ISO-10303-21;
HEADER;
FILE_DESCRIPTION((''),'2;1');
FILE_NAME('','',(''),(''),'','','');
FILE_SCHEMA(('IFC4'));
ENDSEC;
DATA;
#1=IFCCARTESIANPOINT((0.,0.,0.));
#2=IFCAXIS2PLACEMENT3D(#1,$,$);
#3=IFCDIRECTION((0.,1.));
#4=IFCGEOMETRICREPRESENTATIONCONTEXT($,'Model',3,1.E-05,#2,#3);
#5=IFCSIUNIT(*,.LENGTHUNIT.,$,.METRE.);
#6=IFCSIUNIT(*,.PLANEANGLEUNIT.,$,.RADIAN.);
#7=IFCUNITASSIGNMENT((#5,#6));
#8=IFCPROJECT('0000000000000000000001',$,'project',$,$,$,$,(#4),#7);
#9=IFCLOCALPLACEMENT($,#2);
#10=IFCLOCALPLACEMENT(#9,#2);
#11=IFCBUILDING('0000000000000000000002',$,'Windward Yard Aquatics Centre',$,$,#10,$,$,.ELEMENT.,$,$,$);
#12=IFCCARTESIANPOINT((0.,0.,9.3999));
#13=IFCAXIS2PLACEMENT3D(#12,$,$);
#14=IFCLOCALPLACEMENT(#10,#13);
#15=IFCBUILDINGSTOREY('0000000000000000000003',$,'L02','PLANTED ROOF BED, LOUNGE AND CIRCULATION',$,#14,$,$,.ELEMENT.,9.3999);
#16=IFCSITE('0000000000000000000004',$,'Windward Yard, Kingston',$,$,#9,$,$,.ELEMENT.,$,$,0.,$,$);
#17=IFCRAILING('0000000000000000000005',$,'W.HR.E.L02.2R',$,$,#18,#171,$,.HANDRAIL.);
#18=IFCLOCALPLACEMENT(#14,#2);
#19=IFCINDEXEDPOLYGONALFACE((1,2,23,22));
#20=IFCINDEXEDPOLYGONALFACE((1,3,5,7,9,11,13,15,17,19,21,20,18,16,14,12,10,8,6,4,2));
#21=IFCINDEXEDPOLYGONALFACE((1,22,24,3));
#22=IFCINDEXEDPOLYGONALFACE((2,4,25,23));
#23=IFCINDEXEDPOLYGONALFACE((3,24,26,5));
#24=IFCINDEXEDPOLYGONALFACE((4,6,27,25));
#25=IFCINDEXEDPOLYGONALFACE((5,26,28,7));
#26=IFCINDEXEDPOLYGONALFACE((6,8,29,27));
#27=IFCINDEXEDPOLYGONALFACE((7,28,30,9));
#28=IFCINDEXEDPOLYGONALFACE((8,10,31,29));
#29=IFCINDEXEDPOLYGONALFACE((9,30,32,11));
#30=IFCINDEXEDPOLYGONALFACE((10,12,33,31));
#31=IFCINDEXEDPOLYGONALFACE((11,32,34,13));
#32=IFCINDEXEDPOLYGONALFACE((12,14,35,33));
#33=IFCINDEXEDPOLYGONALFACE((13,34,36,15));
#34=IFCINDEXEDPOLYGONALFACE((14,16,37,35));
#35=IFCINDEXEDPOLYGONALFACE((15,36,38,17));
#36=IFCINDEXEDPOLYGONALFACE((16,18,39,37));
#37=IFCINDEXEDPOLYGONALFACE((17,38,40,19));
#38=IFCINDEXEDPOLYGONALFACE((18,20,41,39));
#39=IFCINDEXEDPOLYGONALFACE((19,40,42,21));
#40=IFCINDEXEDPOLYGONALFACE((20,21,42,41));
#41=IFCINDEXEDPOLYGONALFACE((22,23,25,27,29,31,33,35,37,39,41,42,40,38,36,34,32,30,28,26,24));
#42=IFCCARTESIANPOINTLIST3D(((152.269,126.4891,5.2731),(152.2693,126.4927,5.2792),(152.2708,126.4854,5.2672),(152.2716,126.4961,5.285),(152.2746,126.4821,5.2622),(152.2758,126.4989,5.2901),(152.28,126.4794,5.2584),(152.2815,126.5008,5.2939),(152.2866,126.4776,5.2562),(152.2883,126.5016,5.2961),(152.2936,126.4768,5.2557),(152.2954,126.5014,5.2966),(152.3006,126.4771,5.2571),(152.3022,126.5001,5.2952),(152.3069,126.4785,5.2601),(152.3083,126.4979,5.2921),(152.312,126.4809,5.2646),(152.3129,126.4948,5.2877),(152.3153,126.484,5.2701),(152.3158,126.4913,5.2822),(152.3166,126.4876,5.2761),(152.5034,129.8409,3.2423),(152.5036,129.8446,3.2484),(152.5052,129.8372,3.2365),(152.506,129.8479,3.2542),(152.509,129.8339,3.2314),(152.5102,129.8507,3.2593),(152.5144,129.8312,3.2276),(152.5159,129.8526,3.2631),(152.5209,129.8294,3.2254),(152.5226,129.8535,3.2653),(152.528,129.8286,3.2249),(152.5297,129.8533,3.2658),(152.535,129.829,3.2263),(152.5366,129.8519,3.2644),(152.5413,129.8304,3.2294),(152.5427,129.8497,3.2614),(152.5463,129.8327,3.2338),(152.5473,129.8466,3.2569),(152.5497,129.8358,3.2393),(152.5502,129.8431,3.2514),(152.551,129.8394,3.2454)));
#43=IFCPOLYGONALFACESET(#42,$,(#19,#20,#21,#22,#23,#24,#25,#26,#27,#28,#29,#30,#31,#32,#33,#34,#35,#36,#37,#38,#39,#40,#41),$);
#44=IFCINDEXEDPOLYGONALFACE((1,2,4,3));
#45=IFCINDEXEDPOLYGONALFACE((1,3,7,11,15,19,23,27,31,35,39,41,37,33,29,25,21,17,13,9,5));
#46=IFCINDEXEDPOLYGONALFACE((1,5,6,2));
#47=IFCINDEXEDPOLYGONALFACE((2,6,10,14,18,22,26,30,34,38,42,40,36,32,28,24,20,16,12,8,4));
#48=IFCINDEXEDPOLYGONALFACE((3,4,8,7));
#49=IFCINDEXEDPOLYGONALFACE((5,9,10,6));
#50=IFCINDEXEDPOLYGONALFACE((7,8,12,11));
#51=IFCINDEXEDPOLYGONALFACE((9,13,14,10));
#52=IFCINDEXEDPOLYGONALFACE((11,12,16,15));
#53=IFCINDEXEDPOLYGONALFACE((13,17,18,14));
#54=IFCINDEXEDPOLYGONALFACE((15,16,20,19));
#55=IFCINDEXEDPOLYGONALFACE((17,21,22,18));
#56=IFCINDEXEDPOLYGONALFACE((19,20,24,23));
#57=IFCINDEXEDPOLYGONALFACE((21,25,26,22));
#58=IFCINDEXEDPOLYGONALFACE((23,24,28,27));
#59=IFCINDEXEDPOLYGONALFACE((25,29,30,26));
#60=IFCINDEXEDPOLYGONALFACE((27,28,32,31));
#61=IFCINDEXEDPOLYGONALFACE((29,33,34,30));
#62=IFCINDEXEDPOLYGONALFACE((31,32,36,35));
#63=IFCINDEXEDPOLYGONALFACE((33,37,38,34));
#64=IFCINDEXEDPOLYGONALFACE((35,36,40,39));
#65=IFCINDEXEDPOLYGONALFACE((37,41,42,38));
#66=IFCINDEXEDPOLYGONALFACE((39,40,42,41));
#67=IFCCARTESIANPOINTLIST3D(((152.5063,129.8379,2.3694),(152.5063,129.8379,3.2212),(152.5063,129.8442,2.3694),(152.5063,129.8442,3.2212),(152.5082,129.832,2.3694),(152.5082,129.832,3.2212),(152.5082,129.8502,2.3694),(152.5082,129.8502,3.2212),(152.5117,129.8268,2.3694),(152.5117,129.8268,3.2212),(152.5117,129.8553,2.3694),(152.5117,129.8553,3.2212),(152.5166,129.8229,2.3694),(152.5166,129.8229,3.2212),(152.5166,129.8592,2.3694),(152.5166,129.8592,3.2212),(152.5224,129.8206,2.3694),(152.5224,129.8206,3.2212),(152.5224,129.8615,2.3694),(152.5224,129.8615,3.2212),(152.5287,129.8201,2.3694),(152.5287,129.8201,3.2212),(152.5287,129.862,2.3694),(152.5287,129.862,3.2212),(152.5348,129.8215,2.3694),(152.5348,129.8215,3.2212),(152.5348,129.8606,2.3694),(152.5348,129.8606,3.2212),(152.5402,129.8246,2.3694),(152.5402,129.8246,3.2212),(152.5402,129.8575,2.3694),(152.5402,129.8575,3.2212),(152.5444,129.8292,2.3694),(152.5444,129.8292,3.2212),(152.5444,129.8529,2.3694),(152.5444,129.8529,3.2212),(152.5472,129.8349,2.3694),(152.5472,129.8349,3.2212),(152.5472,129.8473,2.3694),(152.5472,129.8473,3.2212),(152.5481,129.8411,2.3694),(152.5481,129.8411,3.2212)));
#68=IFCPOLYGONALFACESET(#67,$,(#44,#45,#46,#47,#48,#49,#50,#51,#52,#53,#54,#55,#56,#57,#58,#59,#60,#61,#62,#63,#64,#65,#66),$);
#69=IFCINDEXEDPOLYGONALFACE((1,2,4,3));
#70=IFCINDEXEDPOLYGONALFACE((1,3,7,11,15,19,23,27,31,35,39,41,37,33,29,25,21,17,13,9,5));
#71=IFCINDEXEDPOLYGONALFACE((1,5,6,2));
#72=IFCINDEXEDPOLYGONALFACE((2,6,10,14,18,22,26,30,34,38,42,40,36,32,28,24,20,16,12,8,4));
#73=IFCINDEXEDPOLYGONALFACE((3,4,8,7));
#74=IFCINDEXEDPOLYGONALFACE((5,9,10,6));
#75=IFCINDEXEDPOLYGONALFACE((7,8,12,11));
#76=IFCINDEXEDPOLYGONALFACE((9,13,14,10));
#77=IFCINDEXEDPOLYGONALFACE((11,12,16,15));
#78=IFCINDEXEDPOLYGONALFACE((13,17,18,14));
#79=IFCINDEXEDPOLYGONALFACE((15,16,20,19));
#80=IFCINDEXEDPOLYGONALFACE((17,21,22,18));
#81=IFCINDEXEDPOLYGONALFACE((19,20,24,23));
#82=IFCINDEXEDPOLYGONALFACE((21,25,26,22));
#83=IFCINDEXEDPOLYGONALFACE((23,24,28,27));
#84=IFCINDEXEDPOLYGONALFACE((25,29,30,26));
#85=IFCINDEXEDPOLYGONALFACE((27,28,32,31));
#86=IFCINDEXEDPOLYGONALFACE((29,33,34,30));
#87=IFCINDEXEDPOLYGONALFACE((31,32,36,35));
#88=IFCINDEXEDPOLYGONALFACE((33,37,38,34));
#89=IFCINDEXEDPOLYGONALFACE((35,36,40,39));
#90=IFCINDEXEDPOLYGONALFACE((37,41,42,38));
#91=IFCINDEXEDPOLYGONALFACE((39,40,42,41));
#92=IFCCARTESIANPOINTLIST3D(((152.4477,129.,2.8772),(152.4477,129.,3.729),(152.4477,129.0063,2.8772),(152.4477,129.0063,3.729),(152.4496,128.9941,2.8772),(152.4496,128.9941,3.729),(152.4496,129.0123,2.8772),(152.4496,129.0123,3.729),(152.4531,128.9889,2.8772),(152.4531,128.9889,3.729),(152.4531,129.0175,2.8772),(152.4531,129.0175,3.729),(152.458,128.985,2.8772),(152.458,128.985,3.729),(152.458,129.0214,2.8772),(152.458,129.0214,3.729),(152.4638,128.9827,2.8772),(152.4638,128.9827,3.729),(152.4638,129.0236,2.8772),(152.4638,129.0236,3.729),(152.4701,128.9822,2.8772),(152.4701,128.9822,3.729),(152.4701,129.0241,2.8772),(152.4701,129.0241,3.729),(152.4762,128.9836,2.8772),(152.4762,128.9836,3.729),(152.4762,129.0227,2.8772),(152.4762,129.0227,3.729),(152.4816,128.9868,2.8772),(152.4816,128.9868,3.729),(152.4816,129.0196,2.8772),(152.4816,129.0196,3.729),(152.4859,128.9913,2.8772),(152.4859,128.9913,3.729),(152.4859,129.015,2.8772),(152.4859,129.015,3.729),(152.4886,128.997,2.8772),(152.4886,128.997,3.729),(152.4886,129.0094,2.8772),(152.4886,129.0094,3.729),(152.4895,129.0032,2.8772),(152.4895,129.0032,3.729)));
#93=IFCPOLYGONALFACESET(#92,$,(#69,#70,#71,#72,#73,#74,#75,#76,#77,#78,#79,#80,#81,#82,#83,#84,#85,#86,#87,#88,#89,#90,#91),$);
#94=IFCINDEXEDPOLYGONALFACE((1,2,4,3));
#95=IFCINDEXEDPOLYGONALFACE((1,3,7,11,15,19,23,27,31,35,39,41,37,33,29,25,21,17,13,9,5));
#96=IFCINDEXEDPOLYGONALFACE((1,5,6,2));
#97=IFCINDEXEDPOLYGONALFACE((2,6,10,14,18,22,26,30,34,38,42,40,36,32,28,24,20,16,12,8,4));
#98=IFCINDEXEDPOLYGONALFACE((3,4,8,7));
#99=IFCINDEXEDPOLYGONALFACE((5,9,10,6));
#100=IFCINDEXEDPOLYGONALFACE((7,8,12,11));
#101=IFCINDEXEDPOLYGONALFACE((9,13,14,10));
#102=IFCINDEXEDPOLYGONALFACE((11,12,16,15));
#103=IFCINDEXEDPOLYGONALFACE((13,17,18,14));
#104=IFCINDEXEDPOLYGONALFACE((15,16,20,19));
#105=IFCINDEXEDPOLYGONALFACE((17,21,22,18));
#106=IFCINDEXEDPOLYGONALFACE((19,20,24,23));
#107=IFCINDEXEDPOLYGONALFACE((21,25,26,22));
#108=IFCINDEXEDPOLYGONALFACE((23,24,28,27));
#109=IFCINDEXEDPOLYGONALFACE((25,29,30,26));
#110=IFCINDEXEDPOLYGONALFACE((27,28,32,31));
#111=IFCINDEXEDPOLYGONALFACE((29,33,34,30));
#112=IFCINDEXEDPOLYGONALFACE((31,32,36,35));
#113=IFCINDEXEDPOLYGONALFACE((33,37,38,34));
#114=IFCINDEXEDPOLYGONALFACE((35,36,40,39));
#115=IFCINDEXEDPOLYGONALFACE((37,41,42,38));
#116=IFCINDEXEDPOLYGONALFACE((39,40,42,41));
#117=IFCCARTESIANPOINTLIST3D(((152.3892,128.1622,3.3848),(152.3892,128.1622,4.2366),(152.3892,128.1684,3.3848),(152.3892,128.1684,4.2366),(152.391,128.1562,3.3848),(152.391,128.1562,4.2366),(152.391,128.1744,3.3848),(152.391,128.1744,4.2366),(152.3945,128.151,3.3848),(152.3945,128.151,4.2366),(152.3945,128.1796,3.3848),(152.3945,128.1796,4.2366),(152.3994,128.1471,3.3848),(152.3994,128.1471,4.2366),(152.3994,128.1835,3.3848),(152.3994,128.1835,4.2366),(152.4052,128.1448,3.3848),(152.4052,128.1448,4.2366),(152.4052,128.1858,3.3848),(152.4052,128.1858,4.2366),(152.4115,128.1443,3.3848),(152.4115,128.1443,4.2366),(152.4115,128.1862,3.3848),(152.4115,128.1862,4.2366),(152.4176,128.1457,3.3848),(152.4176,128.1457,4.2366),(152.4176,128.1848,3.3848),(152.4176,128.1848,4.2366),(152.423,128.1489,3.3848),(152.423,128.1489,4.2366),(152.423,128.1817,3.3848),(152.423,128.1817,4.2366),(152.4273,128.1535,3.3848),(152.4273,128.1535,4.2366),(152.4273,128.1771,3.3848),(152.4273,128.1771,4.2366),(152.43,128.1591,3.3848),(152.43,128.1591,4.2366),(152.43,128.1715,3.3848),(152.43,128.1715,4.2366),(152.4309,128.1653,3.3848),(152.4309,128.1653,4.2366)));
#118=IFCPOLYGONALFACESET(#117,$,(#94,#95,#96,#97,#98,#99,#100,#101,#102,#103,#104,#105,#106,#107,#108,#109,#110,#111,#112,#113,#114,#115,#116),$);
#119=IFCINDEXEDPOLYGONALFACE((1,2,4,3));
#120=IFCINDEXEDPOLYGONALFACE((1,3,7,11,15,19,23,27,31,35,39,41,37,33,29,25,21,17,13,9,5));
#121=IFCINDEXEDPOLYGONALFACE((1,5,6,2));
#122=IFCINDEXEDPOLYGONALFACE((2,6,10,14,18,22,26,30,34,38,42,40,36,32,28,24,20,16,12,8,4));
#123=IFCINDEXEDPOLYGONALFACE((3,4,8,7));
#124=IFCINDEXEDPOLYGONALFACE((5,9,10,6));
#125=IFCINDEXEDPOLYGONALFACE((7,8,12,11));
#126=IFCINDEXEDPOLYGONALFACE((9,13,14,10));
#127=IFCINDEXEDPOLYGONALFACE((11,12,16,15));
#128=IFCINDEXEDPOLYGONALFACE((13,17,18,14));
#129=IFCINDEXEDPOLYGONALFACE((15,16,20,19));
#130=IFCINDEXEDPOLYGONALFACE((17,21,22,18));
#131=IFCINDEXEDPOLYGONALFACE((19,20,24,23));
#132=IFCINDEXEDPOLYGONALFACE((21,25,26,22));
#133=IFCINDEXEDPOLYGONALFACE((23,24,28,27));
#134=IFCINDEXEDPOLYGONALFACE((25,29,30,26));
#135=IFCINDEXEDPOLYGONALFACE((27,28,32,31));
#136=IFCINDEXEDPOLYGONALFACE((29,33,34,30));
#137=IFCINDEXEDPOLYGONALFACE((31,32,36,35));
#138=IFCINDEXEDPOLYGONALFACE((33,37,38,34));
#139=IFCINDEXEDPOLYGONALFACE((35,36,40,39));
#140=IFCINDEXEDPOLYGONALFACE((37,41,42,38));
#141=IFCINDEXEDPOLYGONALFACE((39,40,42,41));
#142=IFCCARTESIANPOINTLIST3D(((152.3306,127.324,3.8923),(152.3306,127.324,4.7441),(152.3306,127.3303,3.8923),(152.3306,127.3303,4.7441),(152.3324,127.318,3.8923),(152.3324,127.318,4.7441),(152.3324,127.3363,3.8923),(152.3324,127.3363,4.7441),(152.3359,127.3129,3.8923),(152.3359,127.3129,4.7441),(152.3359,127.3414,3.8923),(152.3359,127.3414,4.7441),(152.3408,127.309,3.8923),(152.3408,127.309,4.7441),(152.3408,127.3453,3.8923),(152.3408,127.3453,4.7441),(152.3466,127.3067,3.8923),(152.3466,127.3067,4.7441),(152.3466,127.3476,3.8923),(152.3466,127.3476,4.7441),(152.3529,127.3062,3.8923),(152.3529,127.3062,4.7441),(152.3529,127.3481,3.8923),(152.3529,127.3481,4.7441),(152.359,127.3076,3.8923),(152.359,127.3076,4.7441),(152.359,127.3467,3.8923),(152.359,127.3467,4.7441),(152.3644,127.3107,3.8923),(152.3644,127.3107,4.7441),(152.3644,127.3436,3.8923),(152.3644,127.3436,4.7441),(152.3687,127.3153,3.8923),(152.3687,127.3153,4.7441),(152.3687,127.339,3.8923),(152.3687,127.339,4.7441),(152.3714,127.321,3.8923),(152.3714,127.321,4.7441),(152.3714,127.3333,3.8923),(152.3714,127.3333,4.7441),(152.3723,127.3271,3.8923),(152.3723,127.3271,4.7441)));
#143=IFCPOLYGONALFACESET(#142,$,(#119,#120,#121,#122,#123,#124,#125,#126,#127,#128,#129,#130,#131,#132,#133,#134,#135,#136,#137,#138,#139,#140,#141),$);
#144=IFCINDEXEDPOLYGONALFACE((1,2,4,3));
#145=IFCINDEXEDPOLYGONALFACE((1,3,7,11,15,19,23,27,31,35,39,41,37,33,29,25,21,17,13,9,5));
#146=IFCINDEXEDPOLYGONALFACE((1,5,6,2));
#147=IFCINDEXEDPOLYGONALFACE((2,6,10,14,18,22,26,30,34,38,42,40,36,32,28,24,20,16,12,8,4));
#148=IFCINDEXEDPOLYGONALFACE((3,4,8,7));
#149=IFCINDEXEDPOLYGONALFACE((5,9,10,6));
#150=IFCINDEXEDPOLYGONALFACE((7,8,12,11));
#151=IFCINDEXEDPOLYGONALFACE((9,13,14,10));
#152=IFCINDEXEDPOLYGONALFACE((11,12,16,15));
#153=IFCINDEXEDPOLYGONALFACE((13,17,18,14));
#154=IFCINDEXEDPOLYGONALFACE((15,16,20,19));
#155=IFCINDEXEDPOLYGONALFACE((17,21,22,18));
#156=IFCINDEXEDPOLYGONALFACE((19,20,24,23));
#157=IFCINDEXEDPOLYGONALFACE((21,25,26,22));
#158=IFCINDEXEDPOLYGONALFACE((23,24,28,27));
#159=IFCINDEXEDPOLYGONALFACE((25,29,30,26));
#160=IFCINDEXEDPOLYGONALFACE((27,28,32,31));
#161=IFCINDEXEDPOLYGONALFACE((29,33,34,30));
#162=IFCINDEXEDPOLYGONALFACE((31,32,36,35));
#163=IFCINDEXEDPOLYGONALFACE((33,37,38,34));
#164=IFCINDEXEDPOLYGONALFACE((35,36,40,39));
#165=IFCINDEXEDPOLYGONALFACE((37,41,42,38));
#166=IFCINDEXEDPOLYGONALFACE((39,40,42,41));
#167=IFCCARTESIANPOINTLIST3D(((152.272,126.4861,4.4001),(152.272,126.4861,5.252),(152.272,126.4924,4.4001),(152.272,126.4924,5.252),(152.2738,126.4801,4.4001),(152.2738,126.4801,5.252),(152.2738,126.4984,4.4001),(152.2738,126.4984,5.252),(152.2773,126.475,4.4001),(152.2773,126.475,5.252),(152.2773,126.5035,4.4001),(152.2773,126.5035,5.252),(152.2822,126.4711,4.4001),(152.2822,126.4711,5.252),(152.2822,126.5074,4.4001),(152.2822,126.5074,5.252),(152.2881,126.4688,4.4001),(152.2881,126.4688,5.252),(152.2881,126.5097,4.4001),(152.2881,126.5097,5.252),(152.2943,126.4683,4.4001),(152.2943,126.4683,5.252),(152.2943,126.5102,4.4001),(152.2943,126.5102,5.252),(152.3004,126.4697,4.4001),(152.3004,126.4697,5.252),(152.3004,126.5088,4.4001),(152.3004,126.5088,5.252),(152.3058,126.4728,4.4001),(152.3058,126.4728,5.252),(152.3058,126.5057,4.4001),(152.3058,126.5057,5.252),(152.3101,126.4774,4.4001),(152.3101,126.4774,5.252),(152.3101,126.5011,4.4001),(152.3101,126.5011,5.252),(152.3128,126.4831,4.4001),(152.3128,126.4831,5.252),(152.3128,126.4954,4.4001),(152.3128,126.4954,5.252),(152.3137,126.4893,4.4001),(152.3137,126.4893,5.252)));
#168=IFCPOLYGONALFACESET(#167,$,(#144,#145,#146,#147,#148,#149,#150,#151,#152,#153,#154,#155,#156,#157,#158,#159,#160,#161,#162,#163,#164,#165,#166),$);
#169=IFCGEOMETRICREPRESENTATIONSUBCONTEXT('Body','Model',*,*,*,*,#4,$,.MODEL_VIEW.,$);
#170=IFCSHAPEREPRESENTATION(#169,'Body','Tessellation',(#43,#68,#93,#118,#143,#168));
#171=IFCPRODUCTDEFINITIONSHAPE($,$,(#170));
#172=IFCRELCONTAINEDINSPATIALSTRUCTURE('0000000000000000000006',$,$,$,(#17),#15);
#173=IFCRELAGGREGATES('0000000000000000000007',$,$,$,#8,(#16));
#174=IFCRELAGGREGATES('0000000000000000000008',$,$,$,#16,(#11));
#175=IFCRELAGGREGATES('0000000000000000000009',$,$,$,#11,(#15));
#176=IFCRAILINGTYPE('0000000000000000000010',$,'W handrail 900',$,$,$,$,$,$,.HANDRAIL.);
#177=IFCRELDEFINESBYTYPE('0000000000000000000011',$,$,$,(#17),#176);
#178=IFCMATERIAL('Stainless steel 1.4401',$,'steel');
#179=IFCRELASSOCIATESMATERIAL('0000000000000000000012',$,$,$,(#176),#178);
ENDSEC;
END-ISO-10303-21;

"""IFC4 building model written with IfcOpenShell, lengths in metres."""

from ifc_helpers import new_model, si_unit, direction, frame, origin, origin_2d, place, context, subcontext, project, spatial, circle, extrude, material, type_object, element, save


model = new_model("IFC4")

# Units and contexts
model_context = context("Model", 3, precision=1e-05, world=origin(), true_north=direction((0.0, 1.0)))
body_context = subcontext(model_context, "Body", "Model", "MODEL_VIEW")
ifc_project = project(units=[si_unit("LENGTHUNIT", "METRE"), si_unit("PLANEANGLEUNIT", "RADIAN")], contexts=[model_context])

# Site, building, storey
site_placement = place(None, origin())
site = spatial("IfcSite", under=ifc_project, at=site_placement, Name="Windward Yard, Kingston", CompositionType="ELEMENT", RefElevation=0.0)
building_placement = place(site_placement, origin())
building = spatial("IfcBuilding", under=site, at=building_placement, Name="Windward Yard Aquatics Centre", CompositionType="ELEMENT")
storey_placement = place(building_placement, frame((0.0, 0.0, 9.3999)))
storey = spatial("IfcBuildingStorey", under=building, at=storey_placement, Name="L02", Description="PLANTED ROOF BED, LOUNGE AND CIRCULATION", CompositionType="ELEMENT", Elevation=9.3999)

# Railing
ifc_material_1 = material(Name="Stainless steel 1.4401", Category="steel")
railing_type_1 = type_object("IfcRailingType", Name="W handrail 900", PredefinedType="HANDRAIL", material=ifc_material_1)
for number, where, name in (
    (1, (152.5271, 129.8411, 2.3694), "W.HR.E.L02.2R"),
):
    element("IfcRailing", number, at=place(storey_placement, frame(where)), inside=storey, type_object=railing_type_1, Name=name, PredefinedType="HANDRAIL", context=body_context, shape_type="SweptSolid", body=[
        extrude(circle(Radius=0.0239, at=origin_2d()), frame((0.0, 0.0, 0.876), z_axis=(-0.059698, -0.853744, 0.517259), x_axis=(0.997564, -0.069755, 0.0)), (0.0, 0.0, 1.0), 3.926),
        extrude(circle(Radius=0.021, at=origin_2d()), origin(), (0.0, 0.0, 1.0), 0.8518),
        extrude(circle(Radius=0.021, at=origin_2d()), frame((-0.0586, -0.8379, 0.5078)), (0.0, 0.0, 1.0), 0.8518),
        extrude(circle(Radius=0.021, at=origin_2d()), frame((-0.1172, -1.6758, 1.0154)), (0.0, 0.0, 1.0), 0.8518),
        extrude(circle(Radius=0.021, at=origin_2d()), frame((-0.1758, -2.5139, 1.5229)), (0.0, 0.0, 1.0), 0.8518),
        extrude(circle(Radius=0.021, at=origin_2d()), frame((-0.2344, -3.3518, 2.0308)), (0.0, 0.0, 1.0), 0.8518),
    ])

save(model, "model.ifc")
